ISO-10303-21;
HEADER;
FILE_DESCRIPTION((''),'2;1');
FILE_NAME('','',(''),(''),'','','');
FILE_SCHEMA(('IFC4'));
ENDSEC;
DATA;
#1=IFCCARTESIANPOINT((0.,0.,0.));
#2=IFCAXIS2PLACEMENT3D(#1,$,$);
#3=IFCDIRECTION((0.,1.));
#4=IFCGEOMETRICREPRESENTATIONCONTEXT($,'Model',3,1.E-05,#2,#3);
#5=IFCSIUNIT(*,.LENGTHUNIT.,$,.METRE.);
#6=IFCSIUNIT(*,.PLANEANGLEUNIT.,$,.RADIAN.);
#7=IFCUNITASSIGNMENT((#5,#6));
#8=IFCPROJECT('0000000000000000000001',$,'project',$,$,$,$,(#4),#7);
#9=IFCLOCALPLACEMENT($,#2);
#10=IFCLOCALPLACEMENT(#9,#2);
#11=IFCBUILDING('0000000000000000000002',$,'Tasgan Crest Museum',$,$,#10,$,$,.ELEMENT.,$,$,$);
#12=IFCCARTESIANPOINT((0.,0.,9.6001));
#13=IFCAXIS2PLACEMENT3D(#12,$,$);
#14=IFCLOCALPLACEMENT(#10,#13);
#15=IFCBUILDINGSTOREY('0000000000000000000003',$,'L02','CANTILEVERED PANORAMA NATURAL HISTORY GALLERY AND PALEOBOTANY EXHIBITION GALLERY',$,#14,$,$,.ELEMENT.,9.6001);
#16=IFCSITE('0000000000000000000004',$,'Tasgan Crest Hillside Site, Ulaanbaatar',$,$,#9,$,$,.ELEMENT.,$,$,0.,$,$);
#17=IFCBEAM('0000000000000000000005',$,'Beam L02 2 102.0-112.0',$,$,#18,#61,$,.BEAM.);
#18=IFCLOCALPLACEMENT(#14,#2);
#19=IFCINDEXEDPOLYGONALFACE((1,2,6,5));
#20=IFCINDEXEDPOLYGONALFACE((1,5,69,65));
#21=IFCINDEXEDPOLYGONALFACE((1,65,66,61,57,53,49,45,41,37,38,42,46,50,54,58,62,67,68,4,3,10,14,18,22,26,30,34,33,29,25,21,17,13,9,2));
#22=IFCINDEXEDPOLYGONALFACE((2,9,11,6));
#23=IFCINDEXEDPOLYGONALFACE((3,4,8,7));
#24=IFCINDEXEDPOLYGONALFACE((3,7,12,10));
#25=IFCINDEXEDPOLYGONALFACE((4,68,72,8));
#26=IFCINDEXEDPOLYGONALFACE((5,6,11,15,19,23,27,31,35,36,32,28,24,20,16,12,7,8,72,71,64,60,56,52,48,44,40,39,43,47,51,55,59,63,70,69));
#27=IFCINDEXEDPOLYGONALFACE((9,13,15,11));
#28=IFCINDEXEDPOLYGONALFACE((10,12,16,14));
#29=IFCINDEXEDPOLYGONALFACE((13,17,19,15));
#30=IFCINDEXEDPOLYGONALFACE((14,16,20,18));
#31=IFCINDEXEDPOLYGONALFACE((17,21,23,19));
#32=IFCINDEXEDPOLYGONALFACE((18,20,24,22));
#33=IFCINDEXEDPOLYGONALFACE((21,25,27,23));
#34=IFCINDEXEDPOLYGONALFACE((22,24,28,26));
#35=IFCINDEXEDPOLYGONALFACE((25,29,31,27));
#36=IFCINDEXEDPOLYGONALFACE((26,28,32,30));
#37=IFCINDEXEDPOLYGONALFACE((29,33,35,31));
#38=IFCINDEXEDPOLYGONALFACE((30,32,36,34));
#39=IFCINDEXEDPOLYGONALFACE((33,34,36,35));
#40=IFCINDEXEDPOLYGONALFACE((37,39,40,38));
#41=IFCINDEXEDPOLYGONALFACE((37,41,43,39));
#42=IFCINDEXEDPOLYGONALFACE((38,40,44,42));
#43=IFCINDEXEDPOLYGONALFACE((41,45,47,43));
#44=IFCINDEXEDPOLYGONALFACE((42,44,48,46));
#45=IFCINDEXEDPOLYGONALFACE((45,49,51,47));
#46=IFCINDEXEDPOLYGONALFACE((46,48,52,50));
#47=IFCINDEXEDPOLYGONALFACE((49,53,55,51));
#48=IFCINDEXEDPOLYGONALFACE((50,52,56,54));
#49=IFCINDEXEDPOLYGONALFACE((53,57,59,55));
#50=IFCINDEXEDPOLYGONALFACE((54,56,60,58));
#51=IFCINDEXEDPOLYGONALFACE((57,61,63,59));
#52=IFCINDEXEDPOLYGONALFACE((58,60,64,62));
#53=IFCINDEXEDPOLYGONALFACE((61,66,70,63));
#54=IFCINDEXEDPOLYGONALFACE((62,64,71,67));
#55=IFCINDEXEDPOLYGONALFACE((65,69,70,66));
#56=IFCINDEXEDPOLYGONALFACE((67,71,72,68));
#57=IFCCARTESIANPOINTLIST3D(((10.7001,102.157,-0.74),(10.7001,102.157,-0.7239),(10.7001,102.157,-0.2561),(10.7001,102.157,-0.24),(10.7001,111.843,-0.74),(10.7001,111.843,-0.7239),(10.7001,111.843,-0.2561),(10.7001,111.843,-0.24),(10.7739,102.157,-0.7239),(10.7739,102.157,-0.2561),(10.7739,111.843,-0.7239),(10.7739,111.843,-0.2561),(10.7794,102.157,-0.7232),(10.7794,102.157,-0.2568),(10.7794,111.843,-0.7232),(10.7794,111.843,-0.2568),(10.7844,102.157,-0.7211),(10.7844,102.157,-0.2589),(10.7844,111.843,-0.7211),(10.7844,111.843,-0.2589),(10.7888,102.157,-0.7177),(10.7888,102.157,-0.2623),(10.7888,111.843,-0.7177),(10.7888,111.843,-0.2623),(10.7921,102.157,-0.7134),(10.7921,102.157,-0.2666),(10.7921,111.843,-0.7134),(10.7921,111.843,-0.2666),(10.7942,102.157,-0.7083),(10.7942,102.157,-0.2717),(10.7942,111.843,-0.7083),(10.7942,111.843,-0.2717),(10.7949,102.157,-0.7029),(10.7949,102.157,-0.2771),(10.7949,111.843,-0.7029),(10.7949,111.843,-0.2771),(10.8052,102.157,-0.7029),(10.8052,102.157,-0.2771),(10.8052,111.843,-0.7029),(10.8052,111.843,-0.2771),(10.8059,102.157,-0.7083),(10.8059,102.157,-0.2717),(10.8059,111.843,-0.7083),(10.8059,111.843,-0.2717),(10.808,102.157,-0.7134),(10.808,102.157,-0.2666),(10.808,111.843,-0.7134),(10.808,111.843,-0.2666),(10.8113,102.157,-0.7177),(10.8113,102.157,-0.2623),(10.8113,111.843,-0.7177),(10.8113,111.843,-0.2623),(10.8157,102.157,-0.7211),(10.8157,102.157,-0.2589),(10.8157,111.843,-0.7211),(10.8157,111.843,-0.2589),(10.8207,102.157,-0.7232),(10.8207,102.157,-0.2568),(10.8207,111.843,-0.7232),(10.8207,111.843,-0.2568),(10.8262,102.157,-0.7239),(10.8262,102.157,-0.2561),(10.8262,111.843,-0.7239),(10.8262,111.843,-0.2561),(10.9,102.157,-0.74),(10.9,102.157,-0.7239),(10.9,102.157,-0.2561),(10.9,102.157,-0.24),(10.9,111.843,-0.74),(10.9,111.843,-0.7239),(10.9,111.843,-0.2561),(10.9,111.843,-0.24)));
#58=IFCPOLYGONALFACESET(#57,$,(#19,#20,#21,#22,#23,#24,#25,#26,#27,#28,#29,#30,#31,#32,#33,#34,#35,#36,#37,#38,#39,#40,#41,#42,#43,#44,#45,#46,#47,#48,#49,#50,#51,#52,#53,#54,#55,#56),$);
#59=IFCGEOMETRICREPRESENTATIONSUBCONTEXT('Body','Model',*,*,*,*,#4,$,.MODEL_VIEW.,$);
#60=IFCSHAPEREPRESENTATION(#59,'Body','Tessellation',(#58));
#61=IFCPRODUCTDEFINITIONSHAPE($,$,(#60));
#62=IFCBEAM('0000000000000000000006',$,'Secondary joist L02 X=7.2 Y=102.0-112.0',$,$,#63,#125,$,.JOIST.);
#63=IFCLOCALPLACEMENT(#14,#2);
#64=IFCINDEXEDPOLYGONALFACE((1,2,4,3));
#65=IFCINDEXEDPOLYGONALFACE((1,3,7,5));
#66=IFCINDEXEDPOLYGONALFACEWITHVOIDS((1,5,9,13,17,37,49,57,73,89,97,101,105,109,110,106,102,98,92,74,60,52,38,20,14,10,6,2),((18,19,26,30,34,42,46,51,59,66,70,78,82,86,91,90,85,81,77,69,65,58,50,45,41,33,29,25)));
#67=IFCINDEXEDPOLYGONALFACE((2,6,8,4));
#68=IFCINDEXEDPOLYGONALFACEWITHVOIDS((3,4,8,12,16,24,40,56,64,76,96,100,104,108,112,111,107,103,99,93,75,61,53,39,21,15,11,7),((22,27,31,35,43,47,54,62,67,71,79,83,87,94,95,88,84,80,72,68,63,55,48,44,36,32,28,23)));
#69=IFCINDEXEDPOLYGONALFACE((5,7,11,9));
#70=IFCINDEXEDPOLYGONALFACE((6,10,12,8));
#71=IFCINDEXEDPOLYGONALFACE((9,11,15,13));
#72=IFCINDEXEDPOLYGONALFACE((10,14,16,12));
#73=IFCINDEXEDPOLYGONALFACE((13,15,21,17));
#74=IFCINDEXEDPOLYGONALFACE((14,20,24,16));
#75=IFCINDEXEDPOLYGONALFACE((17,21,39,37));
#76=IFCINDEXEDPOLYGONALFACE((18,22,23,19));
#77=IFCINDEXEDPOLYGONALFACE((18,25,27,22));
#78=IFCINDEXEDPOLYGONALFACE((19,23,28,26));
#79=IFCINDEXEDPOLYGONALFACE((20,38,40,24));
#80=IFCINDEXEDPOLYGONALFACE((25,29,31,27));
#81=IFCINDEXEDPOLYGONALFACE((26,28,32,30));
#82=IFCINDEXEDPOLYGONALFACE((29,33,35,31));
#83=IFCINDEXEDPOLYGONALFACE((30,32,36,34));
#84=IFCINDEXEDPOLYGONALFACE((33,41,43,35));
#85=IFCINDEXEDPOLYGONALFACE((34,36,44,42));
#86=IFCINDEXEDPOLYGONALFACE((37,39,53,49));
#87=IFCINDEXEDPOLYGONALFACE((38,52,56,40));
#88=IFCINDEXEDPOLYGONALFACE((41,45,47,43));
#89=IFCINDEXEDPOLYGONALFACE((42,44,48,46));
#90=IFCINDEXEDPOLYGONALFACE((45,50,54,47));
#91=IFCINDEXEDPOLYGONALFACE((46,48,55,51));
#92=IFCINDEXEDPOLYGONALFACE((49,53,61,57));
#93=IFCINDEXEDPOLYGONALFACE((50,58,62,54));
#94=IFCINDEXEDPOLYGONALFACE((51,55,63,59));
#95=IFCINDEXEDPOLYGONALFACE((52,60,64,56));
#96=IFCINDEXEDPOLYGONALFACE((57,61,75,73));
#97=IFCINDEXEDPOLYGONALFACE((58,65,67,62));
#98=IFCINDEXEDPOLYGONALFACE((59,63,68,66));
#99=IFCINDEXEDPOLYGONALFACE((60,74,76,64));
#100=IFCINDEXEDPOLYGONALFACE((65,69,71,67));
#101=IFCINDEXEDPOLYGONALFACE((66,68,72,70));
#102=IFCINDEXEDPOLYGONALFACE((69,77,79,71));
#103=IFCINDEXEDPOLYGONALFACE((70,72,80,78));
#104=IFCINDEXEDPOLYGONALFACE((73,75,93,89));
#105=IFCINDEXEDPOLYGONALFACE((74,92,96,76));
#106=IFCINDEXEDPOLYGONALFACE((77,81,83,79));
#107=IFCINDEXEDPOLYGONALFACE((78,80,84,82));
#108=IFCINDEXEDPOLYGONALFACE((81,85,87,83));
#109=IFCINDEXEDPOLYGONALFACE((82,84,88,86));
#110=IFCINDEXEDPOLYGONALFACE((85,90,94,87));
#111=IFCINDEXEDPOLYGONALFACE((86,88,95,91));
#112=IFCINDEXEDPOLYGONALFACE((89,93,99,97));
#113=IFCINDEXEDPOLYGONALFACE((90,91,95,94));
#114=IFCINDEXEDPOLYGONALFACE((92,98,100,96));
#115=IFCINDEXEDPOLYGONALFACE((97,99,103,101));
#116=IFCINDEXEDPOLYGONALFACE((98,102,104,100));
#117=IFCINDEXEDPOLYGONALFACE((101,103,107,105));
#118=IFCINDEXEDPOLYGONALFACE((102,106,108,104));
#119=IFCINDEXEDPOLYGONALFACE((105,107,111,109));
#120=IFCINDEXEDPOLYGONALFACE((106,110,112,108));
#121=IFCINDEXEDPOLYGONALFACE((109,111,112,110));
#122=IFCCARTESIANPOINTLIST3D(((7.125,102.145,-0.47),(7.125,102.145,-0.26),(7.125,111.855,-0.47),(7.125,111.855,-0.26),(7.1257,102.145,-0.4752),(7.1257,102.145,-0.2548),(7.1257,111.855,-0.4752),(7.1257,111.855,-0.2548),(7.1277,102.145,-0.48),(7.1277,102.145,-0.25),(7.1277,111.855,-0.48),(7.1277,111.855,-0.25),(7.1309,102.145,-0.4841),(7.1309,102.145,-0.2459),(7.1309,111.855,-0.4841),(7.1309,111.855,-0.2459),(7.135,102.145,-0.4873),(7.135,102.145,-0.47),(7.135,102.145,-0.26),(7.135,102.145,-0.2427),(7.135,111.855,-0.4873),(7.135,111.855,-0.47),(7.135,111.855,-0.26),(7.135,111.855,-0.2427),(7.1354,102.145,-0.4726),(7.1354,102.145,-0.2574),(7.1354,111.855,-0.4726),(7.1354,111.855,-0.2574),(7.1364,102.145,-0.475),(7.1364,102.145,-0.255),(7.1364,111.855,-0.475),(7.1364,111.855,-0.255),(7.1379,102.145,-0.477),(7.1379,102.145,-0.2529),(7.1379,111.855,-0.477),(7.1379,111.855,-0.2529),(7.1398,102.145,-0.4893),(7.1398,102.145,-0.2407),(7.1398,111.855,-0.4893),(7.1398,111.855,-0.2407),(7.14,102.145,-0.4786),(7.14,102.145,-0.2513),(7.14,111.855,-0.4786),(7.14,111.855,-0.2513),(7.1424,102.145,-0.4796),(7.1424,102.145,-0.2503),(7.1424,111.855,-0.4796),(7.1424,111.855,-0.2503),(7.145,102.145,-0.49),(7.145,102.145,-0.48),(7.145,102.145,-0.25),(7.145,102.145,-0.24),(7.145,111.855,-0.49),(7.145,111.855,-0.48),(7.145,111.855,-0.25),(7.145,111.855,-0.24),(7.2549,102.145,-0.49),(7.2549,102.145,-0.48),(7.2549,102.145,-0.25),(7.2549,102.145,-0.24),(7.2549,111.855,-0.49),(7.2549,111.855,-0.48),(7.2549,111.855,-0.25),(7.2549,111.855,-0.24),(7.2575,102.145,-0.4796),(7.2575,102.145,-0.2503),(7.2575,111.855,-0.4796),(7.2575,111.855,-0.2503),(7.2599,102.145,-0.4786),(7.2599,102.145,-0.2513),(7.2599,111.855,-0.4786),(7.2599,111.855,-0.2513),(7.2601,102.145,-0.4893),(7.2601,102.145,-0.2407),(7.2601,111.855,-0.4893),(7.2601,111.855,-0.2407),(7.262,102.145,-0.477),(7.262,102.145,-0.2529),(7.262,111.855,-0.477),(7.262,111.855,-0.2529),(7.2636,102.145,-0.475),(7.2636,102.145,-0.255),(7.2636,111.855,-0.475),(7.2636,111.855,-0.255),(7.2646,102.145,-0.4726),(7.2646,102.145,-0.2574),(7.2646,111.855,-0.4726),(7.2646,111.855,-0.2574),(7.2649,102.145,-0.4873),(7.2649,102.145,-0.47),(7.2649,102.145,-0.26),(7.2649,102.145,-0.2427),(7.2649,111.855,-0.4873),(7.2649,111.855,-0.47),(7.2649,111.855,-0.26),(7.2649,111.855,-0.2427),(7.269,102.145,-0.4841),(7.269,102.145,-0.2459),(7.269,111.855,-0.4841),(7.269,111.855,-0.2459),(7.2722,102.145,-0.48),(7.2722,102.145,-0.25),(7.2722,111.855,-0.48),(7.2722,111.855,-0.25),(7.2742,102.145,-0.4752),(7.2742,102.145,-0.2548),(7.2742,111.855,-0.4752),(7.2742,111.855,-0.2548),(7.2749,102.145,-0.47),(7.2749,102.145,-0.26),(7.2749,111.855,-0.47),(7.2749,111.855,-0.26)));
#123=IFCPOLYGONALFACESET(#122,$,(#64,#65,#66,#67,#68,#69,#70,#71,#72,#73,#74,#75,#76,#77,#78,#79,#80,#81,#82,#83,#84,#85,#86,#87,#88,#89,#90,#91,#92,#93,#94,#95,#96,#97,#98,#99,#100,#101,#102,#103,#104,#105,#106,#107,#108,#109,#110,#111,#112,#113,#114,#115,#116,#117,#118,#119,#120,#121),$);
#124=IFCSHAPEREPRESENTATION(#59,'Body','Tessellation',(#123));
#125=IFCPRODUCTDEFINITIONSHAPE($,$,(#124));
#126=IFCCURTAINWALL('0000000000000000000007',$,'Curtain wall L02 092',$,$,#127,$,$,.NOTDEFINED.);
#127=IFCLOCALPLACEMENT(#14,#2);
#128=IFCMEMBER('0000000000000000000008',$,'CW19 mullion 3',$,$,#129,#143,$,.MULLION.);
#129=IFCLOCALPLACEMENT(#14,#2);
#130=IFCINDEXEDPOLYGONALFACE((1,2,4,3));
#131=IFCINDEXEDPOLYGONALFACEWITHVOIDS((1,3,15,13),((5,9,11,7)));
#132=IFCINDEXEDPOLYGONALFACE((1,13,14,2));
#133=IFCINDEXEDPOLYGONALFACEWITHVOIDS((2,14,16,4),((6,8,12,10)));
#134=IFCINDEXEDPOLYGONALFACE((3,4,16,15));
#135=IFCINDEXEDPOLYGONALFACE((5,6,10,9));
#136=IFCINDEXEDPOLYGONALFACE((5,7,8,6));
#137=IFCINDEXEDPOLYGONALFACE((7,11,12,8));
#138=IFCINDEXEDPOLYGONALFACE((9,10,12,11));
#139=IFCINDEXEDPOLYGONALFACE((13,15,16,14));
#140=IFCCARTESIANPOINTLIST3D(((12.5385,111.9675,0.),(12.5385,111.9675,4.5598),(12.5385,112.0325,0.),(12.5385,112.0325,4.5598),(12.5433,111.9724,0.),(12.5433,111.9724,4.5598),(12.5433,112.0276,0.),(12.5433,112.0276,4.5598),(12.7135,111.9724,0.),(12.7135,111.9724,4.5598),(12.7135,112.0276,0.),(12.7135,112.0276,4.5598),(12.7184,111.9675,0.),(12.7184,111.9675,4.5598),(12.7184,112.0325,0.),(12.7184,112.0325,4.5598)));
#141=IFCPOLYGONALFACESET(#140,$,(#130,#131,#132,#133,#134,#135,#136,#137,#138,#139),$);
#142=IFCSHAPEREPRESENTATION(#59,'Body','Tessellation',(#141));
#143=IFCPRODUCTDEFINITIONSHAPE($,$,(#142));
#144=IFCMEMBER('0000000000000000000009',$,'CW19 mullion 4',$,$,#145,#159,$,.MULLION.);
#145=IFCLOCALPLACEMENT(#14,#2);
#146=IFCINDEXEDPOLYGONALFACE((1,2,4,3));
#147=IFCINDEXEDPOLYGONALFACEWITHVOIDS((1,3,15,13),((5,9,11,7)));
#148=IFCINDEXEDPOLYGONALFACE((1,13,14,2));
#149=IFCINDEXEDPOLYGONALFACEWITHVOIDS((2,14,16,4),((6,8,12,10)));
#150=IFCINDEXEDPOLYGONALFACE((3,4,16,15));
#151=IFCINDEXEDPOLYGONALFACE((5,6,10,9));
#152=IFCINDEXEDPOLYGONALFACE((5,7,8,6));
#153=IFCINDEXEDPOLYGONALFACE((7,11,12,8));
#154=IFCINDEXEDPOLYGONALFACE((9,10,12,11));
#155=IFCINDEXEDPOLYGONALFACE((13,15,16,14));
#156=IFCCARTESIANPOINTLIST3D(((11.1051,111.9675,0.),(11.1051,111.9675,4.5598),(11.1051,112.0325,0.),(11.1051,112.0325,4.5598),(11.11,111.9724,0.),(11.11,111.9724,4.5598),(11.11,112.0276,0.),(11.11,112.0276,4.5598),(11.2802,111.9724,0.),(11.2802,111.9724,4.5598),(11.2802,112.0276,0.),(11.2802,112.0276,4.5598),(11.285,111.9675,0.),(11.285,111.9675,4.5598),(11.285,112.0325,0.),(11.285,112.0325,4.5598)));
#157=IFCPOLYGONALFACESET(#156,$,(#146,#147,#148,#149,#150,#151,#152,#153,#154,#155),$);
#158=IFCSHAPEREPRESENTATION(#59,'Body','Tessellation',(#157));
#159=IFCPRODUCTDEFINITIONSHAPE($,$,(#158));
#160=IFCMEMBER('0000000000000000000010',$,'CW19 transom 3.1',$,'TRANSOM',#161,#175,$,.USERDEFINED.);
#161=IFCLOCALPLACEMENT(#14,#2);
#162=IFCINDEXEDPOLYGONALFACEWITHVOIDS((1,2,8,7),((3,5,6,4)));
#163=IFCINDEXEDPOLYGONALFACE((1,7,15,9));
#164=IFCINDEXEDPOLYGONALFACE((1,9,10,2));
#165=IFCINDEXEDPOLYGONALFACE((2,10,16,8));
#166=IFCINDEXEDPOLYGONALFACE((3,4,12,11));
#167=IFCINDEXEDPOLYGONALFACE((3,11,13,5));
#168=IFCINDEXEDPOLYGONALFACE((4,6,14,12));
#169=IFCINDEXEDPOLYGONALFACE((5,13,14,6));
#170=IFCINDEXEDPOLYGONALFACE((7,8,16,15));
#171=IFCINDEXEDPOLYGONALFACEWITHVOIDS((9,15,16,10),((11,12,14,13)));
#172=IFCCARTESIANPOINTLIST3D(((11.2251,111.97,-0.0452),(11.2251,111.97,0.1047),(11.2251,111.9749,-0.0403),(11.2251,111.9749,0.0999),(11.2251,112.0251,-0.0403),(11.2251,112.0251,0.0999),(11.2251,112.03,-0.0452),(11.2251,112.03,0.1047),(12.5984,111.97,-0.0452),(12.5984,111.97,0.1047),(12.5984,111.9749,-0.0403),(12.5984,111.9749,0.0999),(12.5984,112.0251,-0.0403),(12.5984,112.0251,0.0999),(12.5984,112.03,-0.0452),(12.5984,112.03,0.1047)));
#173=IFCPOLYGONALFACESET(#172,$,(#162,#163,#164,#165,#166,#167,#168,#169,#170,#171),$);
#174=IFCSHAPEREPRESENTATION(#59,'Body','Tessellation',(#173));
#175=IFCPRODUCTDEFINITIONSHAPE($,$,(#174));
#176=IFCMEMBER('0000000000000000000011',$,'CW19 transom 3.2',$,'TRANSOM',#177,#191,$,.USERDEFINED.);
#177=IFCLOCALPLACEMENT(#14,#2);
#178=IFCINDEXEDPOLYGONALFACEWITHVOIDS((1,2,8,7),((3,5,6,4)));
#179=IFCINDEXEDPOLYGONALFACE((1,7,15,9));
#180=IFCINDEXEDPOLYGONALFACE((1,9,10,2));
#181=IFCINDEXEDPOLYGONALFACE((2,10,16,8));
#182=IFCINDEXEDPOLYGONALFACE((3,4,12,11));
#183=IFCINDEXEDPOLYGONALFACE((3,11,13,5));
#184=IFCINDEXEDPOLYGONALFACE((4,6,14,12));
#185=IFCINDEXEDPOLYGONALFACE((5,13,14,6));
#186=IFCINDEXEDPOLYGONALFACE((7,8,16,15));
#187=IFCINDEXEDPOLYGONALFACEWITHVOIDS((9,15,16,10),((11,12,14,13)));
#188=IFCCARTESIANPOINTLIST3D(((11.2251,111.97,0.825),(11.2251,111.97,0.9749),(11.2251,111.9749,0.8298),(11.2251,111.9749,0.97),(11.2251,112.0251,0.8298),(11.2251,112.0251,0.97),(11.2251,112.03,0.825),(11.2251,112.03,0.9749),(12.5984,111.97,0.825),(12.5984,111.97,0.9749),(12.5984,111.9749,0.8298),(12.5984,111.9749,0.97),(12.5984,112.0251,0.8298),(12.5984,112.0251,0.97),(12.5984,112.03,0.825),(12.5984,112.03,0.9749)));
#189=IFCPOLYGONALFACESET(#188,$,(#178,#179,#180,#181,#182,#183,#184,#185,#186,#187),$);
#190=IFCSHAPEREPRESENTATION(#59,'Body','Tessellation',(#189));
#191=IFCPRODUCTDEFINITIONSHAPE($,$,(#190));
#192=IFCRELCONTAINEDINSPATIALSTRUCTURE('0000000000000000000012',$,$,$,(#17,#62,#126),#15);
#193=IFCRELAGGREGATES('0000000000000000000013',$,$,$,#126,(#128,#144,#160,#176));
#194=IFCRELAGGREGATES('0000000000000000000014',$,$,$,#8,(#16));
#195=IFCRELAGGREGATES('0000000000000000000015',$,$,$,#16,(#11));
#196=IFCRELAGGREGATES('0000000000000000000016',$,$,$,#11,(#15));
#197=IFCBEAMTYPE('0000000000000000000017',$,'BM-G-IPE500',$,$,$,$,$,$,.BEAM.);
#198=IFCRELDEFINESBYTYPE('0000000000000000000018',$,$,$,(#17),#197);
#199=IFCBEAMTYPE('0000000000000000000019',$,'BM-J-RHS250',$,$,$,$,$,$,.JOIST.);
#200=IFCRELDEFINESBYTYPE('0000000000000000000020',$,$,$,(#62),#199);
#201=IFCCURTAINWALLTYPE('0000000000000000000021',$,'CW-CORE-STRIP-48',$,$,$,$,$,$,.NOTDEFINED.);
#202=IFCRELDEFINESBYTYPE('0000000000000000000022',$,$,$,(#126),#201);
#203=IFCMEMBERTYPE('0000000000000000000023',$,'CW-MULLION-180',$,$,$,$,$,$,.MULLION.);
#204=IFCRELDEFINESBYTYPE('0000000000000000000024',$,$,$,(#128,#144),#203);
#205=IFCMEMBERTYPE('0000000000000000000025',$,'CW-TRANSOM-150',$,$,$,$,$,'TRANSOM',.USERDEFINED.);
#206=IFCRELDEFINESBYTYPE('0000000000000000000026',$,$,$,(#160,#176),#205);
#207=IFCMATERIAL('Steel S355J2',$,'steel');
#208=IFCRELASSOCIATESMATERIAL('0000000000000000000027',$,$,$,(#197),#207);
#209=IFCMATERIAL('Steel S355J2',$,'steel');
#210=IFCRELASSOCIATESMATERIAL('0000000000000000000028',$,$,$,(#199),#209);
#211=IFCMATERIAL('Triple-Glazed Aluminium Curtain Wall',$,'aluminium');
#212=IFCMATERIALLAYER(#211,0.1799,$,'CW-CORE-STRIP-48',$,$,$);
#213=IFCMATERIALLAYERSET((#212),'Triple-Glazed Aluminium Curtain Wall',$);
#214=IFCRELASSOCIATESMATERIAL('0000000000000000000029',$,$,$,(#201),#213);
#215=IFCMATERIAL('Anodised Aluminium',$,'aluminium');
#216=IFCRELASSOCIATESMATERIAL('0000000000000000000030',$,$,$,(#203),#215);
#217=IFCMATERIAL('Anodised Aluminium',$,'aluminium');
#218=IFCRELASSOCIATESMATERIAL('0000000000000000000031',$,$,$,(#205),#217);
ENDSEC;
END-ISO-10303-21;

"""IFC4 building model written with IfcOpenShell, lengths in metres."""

from ifc_helpers import new_model, si_unit, direction, frame, origin, origin_2d, place, context, subcontext, project, spatial, hollow_rectangle, i_section, extrude, material, layer, layer_set, material_profile, profile_set, type_object, element, aggregate, save


model = new_model("IFC4")

# Units and contexts
model_context = context("Model", 3, precision=1e-05, world=origin(), true_north=direction((0.0, 1.0)))
body_context = subcontext(model_context, "Body", "Model", "MODEL_VIEW")
ifc_project = project(units=[si_unit("LENGTHUNIT", "METRE"), si_unit("PLANEANGLEUNIT", "RADIAN")], contexts=[model_context])

# Site, building, storey
site_placement = place(None, origin())
site = spatial("IfcSite", under=ifc_project, at=site_placement, Name="Tasgan Crest Hillside Site, Ulaanbaatar", CompositionType="ELEMENT", RefElevation=0.0)
building_placement = place(site_placement, origin())
building = spatial("IfcBuilding", under=site, at=building_placement, Name="Tasgan Crest Museum", CompositionType="ELEMENT")
storey_placement = place(building_placement, frame((0.0, 0.0, 9.6001)))
storey = spatial("IfcBuildingStorey", under=building, at=storey_placement, Name="L02", Description="CANTILEVERED PANORAMA NATURAL HISTORY GALLERY AND PALEOBOTANY EXHIBITION GALLERY", CompositionType="ELEMENT", Elevation=9.6001)

# Beams
ifc_material_1 = material(Name="Steel S355J2", Category="steel")
ifc_material_profile_1 = material_profile(ifc_material_1, i_section(OverallWidth=0.2, OverallDepth=0.5, WebThickness=0.0103, FlangeThickness=0.0161, FilletRadius=0.021, at=origin_2d()), Name="IPE 500")
ifc_profile_set_1 = profile_set([ifc_material_profile_1], Name="Steel S355J2")
beam_type_1 = type_object("IfcBeamType", Name="BM-G-IPE500", PredefinedType="BEAM", material=ifc_profile_set_1)
beam_1_placement = place(storey_placement, frame((10.8, 102.157, -0.49), z_axis=(0.0, 1.0, 0.0), x_axis=(-1.0, 0.0, 0.0)))
element("IfcBeam", 1, at=beam_1_placement, inside=storey, type_object=beam_type_1, Name="Beam L02 2 102.0-112.0", PredefinedType="BEAM", context=body_context, shape_type="SweptSolid", body=[
    extrude(i_section(OverallWidth=0.2, OverallDepth=0.5, WebThickness=0.0103, FlangeThickness=0.0161, FilletRadius=0.021, at=origin_2d()), origin(), (0.0, 0.0, 1.0), 9.686),
])
ifc_material_2 = material(Name="Steel S355J2", Category="steel")
ifc_material_profile_2 = material_profile(ifc_material_2, hollow_rectangle(XDim=0.1499, YDim=0.25, WallThickness=0.01, InnerFilletRadius=0.01, OuterFilletRadius=0.02, at=origin_2d()), Name="RHS 250x150x10")
ifc_profile_set_2 = profile_set([ifc_material_profile_2], Name="Steel S355J2")
beam_type_2 = type_object("IfcBeamType", Name="BM-J-RHS250", PredefinedType="JOIST", material=ifc_profile_set_2)
beam_2_placement = place(storey_placement, frame((7.2, 102.145, -0.365), z_axis=(0.0, 1.0, 0.0), x_axis=(-1.0, 0.0, 0.0)))
element("IfcBeam", 2, at=beam_2_placement, inside=storey, type_object=beam_type_2, Name="Secondary joist L02 X=7.2 Y=102.0-112.0", PredefinedType="JOIST", context=body_context, shape_type="SweptSolid", body=[
    extrude(hollow_rectangle(XDim=0.1499, YDim=0.25, WallThickness=0.01, InnerFilletRadius=0.01, OuterFilletRadius=0.02, at=origin_2d()), origin(), (0.0, 0.0, 1.0), 9.71),
])

# Curtain wall, members
ifc_material_3 = material(Name="Triple-Glazed Aluminium Curtain Wall", Category="aluminium")
ifc_layer_1 = layer(ifc_material_3, 0.1799, Name="CW-CORE-STRIP-48")
ifc_layer_set_1 = layer_set([ifc_layer_1], Name="Triple-Glazed Aluminium Curtain Wall")
curtain_wall_type = type_object("IfcCurtainWallType", Name="CW-CORE-STRIP-48", PredefinedType="NOTDEFINED", material=ifc_layer_set_1)
curtain_wall_placement = place(storey_placement, origin())
curtain_wall = element("IfcCurtainWall", 3, at=curtain_wall_placement, inside=storey, type_object=curtain_wall_type, Name="Curtain wall L02 092", PredefinedType="NOTDEFINED")
ifc_material_4 = material(Name="Anodised Aluminium", Category="aluminium")
ifc_material_profile_3 = material_profile(ifc_material_4, hollow_rectangle(XDim=0.0649, YDim=0.1799, WallThickness=0.0049, at=origin_2d()), Name="ALU MULLION 180x65x5")
ifc_profile_set_3 = profile_set([ifc_material_profile_3], Name="Anodised Aluminium")
member_type_1 = type_object("IfcMemberType", Name="CW-MULLION-180", PredefinedType="MULLION", material=ifc_profile_set_3)
member_1_placement = place(storey_placement, frame((12.6284, 112.0, 0.0), z_axis=(0.0, 0.0, 1.0), x_axis=(0.0, -1.0, 0.0)))
member_1 = element("IfcMember", 4, at=member_1_placement, type_object=member_type_1, Name="CW19 mullion 3", PredefinedType="MULLION", context=body_context, shape_type="SweptSolid", body=[
    extrude(hollow_rectangle(XDim=0.0649, YDim=0.1799, WallThickness=0.0049, at=origin_2d()), origin(), (0.0, 0.0, 1.0), 4.5598),
])
member_2_placement = place(storey_placement, frame((11.1951, 112.0, 0.0), z_axis=(0.0, 0.0, 1.0), x_axis=(0.0, -1.0, 0.0)))
member_2 = element("IfcMember", 5, at=member_2_placement, type_object=member_type_1, Name="CW19 mullion 4", PredefinedType="MULLION", context=body_context, shape_type="SweptSolid", body=[
    extrude(hollow_rectangle(XDim=0.0649, YDim=0.1799, WallThickness=0.0049, at=origin_2d()), origin(), (0.0, 0.0, 1.0), 4.5598),
])
ifc_material_5 = material(Name="Anodised Aluminium", Category="aluminium")
ifc_material_profile_4 = material_profile(ifc_material_5, hollow_rectangle(XDim=0.0601, YDim=0.1499, WallThickness=0.0049, at=origin_2d()), Name="ALU TRANSOM 150x60x5")
ifc_profile_set_4 = profile_set([ifc_material_profile_4], Name="Anodised Aluminium")
member_type_2 = type_object("IfcMemberType", Name="CW-TRANSOM-150", ElementType="TRANSOM", PredefinedType="USERDEFINED", material=ifc_profile_set_4)
member_3_placement = place(storey_placement, frame((12.5984, 112.0, 0.0298), z_axis=(-1.0, 0.0, 0.0), x_axis=(0.0, -1.0, 0.0)))
member_3 = element("IfcMember", 6, at=member_3_placement, type_object=member_type_2, Name="CW19 transom 3.1", ObjectType="TRANSOM", PredefinedType="USERDEFINED", context=body_context, shape_type="SweptSolid", body=[
    extrude(hollow_rectangle(XDim=0.0601, YDim=0.1499, WallThickness=0.0049, at=origin_2d()), origin(), (0.0, 0.0, 1.0), 1.3733),
])
member_4_placement = place(storey_placement, frame((12.5984, 112.0, 0.8999), z_axis=(-1.0, 0.0, 0.0), x_axis=(0.0, -1.0, 0.0)))
member_4 = element("IfcMember", 7, at=member_4_placement, type_object=member_type_2, Name="CW19 transom 3.2", ObjectType="TRANSOM", PredefinedType="USERDEFINED", context=body_context, shape_type="SweptSolid", body=[
    extrude(hollow_rectangle(XDim=0.0601, YDim=0.1499, WallThickness=0.0049, at=origin_2d()), origin(), (0.0, 0.0, 1.0), 1.3733),
])
aggregate(curtain_wall, [member_1, member_2, member_3, member_4])

save(model, "model.ifc")
